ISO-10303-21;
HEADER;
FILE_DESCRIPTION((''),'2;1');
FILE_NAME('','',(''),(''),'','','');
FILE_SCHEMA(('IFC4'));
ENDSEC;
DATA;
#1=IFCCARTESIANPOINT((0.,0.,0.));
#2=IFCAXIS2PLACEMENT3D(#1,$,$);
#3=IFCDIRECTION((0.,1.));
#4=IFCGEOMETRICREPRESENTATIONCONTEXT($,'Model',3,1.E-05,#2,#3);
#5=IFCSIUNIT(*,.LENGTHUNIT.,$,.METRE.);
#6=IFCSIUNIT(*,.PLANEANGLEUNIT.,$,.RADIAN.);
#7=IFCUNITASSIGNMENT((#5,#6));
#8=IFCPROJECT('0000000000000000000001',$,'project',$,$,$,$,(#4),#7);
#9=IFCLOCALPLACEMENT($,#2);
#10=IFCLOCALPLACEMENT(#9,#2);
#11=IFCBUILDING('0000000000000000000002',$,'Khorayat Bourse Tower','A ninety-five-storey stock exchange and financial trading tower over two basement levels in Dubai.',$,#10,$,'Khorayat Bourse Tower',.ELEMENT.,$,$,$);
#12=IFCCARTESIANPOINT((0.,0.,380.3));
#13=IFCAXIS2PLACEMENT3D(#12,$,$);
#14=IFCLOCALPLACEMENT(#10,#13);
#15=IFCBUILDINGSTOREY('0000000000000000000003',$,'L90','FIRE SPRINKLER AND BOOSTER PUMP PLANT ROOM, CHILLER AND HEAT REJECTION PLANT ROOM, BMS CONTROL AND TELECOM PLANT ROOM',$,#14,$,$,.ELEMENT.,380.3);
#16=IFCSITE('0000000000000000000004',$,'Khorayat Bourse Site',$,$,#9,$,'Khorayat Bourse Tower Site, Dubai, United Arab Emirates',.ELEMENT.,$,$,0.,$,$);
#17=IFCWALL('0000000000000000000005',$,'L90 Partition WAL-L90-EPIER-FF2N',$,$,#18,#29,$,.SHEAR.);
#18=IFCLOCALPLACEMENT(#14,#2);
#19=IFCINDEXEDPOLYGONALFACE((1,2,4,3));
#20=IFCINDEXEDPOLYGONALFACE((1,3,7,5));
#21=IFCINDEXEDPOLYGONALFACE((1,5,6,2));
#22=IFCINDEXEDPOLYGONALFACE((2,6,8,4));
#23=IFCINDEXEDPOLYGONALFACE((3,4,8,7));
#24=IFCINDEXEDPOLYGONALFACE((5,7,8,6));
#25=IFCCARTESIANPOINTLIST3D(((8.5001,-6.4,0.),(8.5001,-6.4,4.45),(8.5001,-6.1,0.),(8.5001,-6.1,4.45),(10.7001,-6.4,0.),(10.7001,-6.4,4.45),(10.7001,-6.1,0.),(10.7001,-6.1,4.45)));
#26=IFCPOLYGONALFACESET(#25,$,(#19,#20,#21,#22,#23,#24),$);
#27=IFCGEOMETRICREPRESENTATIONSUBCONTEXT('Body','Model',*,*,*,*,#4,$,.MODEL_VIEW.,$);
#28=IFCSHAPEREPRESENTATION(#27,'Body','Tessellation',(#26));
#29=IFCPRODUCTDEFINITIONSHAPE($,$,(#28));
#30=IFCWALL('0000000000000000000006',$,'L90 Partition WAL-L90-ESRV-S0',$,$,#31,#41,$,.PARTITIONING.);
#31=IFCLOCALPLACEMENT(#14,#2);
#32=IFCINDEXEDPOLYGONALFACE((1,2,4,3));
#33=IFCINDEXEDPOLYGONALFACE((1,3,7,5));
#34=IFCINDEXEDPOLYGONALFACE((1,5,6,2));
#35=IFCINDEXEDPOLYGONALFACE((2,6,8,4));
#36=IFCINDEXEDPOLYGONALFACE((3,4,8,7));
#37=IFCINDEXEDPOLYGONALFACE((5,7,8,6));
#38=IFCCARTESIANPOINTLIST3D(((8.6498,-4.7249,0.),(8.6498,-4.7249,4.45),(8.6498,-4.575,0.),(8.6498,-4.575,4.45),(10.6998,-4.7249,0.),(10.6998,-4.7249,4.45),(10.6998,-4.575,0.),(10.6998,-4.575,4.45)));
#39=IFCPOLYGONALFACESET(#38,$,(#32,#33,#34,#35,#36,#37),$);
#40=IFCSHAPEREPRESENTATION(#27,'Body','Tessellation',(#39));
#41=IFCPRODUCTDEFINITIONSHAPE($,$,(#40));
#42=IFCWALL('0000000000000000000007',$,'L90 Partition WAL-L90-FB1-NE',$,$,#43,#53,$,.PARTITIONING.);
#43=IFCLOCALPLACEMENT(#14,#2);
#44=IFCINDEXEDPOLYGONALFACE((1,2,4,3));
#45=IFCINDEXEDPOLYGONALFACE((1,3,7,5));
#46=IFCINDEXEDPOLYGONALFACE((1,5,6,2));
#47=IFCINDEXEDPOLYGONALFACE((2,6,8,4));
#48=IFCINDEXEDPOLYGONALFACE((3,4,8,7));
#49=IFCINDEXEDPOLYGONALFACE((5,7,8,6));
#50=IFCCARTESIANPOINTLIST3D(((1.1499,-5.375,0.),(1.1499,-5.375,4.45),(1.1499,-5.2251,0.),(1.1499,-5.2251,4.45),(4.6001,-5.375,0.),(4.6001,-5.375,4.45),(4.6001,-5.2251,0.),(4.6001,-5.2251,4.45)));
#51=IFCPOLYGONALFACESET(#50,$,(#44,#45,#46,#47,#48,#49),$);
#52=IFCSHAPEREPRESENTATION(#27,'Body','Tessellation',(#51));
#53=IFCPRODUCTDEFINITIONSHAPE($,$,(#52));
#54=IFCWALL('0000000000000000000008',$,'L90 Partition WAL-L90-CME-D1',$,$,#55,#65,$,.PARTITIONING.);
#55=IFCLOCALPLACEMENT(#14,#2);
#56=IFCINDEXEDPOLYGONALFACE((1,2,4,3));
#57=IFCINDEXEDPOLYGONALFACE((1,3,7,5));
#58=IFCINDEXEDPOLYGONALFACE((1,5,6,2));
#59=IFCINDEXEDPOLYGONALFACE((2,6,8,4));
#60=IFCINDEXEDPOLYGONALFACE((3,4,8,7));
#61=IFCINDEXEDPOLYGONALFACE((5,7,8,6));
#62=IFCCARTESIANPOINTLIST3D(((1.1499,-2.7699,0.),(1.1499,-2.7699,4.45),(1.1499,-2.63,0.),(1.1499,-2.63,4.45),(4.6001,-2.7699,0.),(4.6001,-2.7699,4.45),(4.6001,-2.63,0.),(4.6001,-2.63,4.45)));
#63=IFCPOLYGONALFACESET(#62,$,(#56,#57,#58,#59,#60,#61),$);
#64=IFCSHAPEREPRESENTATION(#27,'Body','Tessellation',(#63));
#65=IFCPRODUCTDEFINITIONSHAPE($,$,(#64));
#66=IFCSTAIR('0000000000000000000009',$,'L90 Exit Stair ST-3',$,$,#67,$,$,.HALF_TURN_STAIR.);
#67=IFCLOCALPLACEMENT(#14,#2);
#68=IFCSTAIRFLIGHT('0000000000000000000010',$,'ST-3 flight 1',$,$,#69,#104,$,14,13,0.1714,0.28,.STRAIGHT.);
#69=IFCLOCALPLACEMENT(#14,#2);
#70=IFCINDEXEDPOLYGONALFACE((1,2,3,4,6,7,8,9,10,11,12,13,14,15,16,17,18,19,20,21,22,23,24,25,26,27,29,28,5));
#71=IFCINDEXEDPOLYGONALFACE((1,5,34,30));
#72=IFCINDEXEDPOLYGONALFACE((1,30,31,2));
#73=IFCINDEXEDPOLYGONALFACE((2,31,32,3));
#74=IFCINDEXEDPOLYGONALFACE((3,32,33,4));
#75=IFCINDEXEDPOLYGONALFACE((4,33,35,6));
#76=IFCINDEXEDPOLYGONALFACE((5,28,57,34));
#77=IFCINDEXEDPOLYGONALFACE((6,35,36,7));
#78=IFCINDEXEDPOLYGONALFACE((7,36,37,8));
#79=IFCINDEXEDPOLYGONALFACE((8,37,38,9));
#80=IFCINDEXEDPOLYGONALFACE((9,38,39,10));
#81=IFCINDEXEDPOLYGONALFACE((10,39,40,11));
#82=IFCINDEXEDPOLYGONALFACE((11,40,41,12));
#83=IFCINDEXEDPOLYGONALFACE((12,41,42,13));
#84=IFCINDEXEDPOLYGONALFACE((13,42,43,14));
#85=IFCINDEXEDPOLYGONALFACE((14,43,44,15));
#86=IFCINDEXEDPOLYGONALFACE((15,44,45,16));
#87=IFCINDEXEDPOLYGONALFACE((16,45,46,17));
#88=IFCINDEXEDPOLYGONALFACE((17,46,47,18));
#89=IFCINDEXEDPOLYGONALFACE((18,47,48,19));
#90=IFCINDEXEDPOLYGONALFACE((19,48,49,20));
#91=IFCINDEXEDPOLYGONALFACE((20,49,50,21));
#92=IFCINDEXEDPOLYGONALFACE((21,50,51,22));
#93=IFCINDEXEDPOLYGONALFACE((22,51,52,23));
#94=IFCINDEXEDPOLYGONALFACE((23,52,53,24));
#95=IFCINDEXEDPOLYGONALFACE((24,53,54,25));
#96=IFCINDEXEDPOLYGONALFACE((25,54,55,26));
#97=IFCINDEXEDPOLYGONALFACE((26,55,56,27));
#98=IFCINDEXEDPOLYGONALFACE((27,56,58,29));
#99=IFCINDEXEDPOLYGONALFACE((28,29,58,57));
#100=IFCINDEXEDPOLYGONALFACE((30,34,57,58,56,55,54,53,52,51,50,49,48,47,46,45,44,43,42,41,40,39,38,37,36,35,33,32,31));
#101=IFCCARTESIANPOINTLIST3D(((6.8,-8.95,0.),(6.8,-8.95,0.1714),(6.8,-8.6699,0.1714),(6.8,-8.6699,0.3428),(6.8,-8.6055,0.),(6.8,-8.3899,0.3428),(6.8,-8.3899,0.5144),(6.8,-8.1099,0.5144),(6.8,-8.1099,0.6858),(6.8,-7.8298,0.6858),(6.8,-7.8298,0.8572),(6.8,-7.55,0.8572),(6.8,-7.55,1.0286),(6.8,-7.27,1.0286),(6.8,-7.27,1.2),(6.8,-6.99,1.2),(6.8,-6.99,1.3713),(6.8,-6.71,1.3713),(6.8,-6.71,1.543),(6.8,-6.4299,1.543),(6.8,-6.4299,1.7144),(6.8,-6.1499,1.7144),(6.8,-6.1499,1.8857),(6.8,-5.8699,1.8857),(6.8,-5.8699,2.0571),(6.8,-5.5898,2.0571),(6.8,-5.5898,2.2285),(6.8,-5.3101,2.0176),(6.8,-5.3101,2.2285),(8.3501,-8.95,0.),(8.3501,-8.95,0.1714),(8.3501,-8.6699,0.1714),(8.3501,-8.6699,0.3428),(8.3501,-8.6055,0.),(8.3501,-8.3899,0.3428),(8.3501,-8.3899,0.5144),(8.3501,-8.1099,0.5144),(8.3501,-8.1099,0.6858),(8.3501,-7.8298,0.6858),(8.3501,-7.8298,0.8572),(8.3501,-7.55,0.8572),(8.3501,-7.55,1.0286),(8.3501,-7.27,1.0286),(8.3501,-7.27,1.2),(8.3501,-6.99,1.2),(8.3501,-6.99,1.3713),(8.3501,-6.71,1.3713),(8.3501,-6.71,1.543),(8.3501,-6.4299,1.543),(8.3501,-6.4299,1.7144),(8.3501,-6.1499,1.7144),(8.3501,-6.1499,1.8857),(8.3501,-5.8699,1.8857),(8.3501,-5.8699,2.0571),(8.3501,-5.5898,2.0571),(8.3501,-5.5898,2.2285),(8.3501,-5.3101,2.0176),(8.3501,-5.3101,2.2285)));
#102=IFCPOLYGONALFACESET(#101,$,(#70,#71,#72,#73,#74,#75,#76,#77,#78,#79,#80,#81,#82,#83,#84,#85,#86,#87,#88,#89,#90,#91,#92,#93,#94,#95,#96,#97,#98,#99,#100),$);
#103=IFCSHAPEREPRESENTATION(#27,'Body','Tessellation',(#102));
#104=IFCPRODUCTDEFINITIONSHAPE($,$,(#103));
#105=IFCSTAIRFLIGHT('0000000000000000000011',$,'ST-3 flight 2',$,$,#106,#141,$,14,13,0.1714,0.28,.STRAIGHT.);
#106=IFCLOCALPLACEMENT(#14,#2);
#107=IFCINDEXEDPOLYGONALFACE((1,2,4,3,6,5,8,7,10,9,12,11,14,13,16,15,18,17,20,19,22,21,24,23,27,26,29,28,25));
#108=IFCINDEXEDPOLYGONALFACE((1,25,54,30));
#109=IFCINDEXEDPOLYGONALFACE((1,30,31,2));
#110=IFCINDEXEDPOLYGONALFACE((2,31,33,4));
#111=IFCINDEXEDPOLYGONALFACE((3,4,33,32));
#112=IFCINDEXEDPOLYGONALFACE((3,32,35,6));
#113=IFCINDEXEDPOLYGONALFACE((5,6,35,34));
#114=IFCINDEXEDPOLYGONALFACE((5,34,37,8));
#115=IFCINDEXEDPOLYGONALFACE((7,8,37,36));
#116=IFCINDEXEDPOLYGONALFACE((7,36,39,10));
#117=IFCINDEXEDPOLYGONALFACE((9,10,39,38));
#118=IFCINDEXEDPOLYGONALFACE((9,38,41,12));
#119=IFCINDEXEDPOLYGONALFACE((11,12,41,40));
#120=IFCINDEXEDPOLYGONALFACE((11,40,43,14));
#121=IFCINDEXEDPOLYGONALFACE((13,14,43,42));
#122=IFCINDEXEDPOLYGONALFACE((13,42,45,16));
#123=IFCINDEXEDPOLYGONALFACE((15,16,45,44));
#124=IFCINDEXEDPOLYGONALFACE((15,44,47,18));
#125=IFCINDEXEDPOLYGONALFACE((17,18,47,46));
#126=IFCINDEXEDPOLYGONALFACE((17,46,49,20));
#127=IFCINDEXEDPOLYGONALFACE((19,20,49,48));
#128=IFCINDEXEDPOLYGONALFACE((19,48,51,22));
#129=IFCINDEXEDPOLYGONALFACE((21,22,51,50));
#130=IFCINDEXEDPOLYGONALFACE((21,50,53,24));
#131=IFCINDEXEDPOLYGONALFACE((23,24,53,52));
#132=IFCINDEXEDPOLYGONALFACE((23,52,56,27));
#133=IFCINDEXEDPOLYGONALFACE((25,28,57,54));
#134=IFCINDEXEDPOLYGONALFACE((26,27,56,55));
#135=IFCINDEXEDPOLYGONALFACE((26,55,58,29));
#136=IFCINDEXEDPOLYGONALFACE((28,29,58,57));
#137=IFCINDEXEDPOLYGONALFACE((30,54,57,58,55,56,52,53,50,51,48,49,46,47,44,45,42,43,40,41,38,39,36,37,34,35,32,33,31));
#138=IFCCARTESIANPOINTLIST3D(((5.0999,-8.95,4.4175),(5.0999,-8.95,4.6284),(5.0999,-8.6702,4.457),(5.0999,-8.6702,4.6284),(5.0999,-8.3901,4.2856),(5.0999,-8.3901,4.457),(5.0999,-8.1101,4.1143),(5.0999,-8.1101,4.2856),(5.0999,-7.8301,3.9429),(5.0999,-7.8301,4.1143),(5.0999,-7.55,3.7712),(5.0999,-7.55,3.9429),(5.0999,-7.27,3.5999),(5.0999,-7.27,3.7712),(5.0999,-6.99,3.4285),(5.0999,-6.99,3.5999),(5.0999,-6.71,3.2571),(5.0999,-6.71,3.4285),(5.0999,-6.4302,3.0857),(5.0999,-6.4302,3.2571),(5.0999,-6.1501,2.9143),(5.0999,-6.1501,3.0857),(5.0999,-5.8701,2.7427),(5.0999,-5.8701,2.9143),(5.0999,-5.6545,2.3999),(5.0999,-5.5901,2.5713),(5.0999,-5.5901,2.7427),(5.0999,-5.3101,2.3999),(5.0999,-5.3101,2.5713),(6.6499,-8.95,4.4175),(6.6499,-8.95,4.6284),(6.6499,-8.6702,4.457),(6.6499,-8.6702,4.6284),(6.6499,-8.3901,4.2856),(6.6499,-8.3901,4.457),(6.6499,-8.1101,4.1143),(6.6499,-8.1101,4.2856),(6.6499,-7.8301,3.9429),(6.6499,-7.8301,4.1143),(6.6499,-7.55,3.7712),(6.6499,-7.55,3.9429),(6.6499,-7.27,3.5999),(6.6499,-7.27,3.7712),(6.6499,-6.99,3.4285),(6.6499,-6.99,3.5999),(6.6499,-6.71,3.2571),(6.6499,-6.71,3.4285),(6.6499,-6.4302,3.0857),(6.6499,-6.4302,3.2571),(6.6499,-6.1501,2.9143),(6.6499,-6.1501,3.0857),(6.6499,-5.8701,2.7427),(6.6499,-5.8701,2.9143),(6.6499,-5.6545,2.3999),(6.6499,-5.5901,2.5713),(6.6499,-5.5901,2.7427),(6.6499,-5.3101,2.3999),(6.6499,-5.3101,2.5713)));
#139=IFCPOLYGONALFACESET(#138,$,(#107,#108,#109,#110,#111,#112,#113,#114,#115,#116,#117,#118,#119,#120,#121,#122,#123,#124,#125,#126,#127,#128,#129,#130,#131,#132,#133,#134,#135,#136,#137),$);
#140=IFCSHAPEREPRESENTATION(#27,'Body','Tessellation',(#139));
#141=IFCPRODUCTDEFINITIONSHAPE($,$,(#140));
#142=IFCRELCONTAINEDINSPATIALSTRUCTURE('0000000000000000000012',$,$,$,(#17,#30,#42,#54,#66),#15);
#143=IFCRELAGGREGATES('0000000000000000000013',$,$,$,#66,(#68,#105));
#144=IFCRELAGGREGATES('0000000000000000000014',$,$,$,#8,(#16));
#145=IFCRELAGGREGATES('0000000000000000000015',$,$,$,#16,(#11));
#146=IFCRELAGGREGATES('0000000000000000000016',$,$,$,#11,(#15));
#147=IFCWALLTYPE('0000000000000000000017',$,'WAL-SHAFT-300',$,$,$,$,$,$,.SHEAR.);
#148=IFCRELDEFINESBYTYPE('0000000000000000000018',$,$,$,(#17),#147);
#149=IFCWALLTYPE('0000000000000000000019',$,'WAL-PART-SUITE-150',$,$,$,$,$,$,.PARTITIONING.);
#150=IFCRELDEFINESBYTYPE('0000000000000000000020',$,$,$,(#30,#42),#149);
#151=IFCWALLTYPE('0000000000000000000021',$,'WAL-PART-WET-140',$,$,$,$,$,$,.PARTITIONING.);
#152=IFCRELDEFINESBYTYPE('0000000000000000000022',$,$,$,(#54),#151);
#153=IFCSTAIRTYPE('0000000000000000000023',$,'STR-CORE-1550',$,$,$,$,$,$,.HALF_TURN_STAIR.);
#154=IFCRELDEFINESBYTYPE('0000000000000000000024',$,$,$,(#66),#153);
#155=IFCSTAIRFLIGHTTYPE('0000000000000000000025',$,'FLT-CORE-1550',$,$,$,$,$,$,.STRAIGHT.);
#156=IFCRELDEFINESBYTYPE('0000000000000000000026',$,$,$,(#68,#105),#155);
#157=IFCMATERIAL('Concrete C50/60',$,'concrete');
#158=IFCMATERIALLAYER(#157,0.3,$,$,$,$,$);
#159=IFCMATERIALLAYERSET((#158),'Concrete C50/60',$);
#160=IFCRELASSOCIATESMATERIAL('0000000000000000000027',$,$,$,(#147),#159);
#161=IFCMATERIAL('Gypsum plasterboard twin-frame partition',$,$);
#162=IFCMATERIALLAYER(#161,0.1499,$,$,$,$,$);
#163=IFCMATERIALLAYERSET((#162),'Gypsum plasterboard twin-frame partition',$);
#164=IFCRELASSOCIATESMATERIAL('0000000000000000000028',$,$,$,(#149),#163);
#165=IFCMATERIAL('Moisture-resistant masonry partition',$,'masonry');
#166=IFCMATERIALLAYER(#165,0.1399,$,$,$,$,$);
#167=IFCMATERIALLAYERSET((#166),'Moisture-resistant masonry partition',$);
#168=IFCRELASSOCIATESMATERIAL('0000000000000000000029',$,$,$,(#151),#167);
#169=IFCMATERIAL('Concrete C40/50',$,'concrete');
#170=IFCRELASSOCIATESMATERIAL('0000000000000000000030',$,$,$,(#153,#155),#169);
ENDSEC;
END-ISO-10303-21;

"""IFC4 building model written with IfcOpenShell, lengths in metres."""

from ifc_helpers import new_model, si_unit, direction, frame, frame_2d, origin, place, context, subcontext, project, spatial, polyline, rectangle, outline, extrude, source, transform, mapped, material, layer, layer_set, type_object, element, aggregate, save


model = new_model("IFC4")

# Units and contexts
model_context = context("Model", 3, precision=1e-05, world=origin(), true_north=direction((0.0, 1.0)))
body_context = subcontext(model_context, "Body", "Model", "MODEL_VIEW")
ifc_project = project(units=[si_unit("LENGTHUNIT", "METRE"), si_unit("PLANEANGLEUNIT", "RADIAN")], contexts=[model_context])

# Site, building, storey
site_placement = place(None, origin())
site = spatial("IfcSite", under=ifc_project, at=site_placement, Name="Khorayat Bourse Site", LongName="Khorayat Bourse Tower Site, Dubai, United Arab Emirates", CompositionType="ELEMENT", RefElevation=0.0)
building_placement = place(site_placement, origin())
building = spatial("IfcBuilding", under=site, at=building_placement, Name="Khorayat Bourse Tower", Description="A ninety-five-storey stock exchange and financial trading tower over two basement levels in Dubai.", LongName="Khorayat Bourse Tower", CompositionType="ELEMENT")
storey_placement = place(building_placement, frame((0.0, 0.0, 380.3)))
storey = spatial("IfcBuildingStorey", under=building, at=storey_placement, Name="L90", Description="FIRE SPRINKLER AND BOOSTER PUMP PLANT ROOM, CHILLER AND HEAT REJECTION PLANT ROOM, BMS CONTROL AND TELECOM PLANT ROOM", CompositionType="ELEMENT", Elevation=380.3)

# Shared definitions
ifc_material_1 = material(Name="Concrete C50/60", Category="concrete")

# Walls
ifc_layer_1 = layer(ifc_material_1, 0.3)
ifc_layer_set_1 = layer_set([ifc_layer_1], Name="Concrete C50/60")
wall_type_1 = type_object("IfcWallType", Name="WAL-SHAFT-300", PredefinedType="SHEAR", material=ifc_layer_set_1)
shared_shape_1 = source(origin(), body_context, "Body", "SweptSolid", [
    extrude(rectangle(XDim=2.2, YDim=0.3, at=frame_2d((1.1001, 0.0))), origin(), (0.0, 0.0, 1.0), 4.45),
])
for number, where, z_axis, x_axis, name in (
    (1, (8.5, -6.25, 0.0), (0.0, 0.0, 1.0), (1.0, 0.0, 0.0), "L90 Partition WAL-L90-EPIER-FF2N"),
):
    element("IfcWall", number, at=place(storey_placement, frame(where, z_axis=z_axis, x_axis=x_axis)), inside=storey, type_object=wall_type_1, Name=name, PredefinedType="SHEAR", context=body_context, shape_type="MappedRepresentation", body=[
        mapped(shared_shape_1, transform((0.0, 0.0, 0.0), scale=1.0)),
    ])
ifc_material_2 = material(Name="Gypsum plasterboard twin-frame partition")
ifc_layer_2 = layer(ifc_material_2, 0.1499)
ifc_layer_set_2 = layer_set([ifc_layer_2], Name="Gypsum plasterboard twin-frame partition")
wall_type_2 = type_object("IfcWallType", Name="WAL-PART-SUITE-150", PredefinedType="PARTITIONING", material=ifc_layer_set_2)
shared_shape_2 = source(origin(), body_context, "Body", "SweptSolid", [
    extrude(rectangle(XDim=2.05, YDim=0.1499, at=frame_2d((1.0249, 0.0))), origin(), (0.0, 0.0, 1.0), 4.45),
])
wall_1_placement = place(storey_placement, frame((8.6499, -4.6499, 0.0), z_axis=(0.0, 0.0, 1.0), x_axis=(1.0, 0.0, 0.0)))
element("IfcWall", 2, at=wall_1_placement, inside=storey, type_object=wall_type_2, Name="L90 Partition WAL-L90-ESRV-S0", PredefinedType="PARTITIONING", context=body_context, shape_type="MappedRepresentation", body=[
    mapped(shared_shape_2, transform((0.0, 0.0, 0.0), scale=1.0)),
])
shared_shape_3 = source(origin(), body_context, "Body", "SweptSolid", [
    extrude(rectangle(XDim=3.4502, YDim=0.1499, at=frame_2d((1.7251, 0.0))), origin(), (0.0, 0.0, 1.0), 4.45),
])
wall_2_placement = place(storey_placement, frame((1.1499, -5.3, 0.0), z_axis=(0.0, 0.0, 1.0), x_axis=(1.0, 0.0, 0.0)))
element("IfcWall", 3, at=wall_2_placement, inside=storey, type_object=wall_type_2, Name="L90 Partition WAL-L90-FB1-NE", PredefinedType="PARTITIONING", context=body_context, shape_type="MappedRepresentation", body=[
    mapped(shared_shape_3, transform((0.0, 0.0, 0.0), scale=1.0)),
])
ifc_material_3 = material(Name="Moisture-resistant masonry partition", Category="masonry")
ifc_layer_3 = layer(ifc_material_3, 0.1399)
ifc_layer_set_3 = layer_set([ifc_layer_3], Name="Moisture-resistant masonry partition")
wall_type_3 = type_object("IfcWallType", Name="WAL-PART-WET-140", PredefinedType="PARTITIONING", material=ifc_layer_set_3)
shared_shape_4 = source(origin(), body_context, "Body", "SweptSolid", [
    extrude(rectangle(XDim=3.4502, YDim=0.1399, at=frame_2d((1.7251, 0.0))), origin(), (0.0, 0.0, 1.0), 4.45),
])
wall_3_placement = place(storey_placement, frame((1.1499, -2.7, 0.0), z_axis=(0.0, 0.0, 1.0), x_axis=(1.0, 0.0, 0.0)))
element("IfcWall", 4, at=wall_3_placement, inside=storey, type_object=wall_type_3, Name="L90 Partition WAL-L90-CME-D1", PredefinedType="PARTITIONING", context=body_context, shape_type="MappedRepresentation", body=[
    mapped(shared_shape_4, transform((0.0, 0.0, 0.0), scale=1.0)),
])

# Stair, stair flights
ifc_material_4 = material(Name="Concrete C40/50", Category="concrete")
stair_type = type_object("IfcStairType", Name="STR-CORE-1550", PredefinedType="HALF_TURN_STAIR", material=ifc_material_4)
stair_placement = place(storey_placement, origin())
stair = element("IfcStair", 5, at=stair_placement, inside=storey, type_object=stair_type, Name="L90 Exit Stair ST-3", PredefinedType="HALF_TURN_STAIR")
stair_flight_type = type_object("IfcStairFlightType", Name="FLT-CORE-1550", PredefinedType="STRAIGHT", material=ifc_material_4)
shared_shape_5 = source(origin(), body_context, "Body", "SweptSolid", [
    extrude(outline(polyline([(0.0, 0.0), (0.0, 0.1714), (0.28, 0.1714), (0.28, 0.3428), (0.5601, 0.3428), (0.5601, 0.5144), (0.8401, 0.5144), (0.8401, 0.6858), (1.1201, 0.6858), (1.1201, 0.8572), (1.3999, 0.8572), (1.3999, 1.0286), (1.6799, 1.0286), (1.6799, 1.2), (1.96, 1.2), (1.96, 1.3713), (2.24, 1.3713), (2.24, 1.543), (2.52, 1.543), (2.52, 1.7144), (2.8, 1.7144), (2.8, 1.8857), (3.0801, 1.8857), (3.0801, 2.0571), (3.3601, 2.0571), (3.3601, 2.2285), (3.6399, 2.2285), (3.6399, 2.3999), (3.6399, 2.0176), (0.3445, 0.0), (0.0, 0.0)])), frame((0.0, 0.7749, 0.0), z_axis=(0.0, -1.0, 0.0), x_axis=(1.0, 0.0, 0.0)), (0.0, 0.0, 1.0), 1.55),
])
stair_flight_1_placement = place(storey_placement, frame((7.575, -8.95, 0.0), z_axis=(0.0, 0.0, 1.0), x_axis=(0.0, 1.0, 0.0)))
stair_flight_1 = element("IfcStairFlight", 6, at=stair_flight_1_placement, type_object=stair_flight_type, Name="ST-3 flight 1", NumberOfRisers=14, NumberOfTreads=13, PredefinedType="STRAIGHT", RiserHeight=0.1714, TreadLength=0.28, context=body_context, shape_type="MappedRepresentation", body=[
    mapped(shared_shape_5, transform((0.0, 0.0, 0.0), scale=1.0)),
])
stair_flight_2_placement = place(storey_placement, frame((5.875, -5.3101, 2.3999), z_axis=(0.0, 0.0, 1.0), x_axis=(0.0, -1.0, 0.0)))
stair_flight_2 = element("IfcStairFlight", 7, at=stair_flight_2_placement, type_object=stair_flight_type, Name="ST-3 flight 2", NumberOfRisers=14, NumberOfTreads=13, PredefinedType="STRAIGHT", RiserHeight=0.1714, TreadLength=0.28, context=body_context, shape_type="MappedRepresentation", body=[
    mapped(shared_shape_5, transform((0.0, 0.0, 0.0), scale=1.0)),
])
aggregate(stair, [stair_flight_1, stair_flight_2])

save(model, "model.ifc")
